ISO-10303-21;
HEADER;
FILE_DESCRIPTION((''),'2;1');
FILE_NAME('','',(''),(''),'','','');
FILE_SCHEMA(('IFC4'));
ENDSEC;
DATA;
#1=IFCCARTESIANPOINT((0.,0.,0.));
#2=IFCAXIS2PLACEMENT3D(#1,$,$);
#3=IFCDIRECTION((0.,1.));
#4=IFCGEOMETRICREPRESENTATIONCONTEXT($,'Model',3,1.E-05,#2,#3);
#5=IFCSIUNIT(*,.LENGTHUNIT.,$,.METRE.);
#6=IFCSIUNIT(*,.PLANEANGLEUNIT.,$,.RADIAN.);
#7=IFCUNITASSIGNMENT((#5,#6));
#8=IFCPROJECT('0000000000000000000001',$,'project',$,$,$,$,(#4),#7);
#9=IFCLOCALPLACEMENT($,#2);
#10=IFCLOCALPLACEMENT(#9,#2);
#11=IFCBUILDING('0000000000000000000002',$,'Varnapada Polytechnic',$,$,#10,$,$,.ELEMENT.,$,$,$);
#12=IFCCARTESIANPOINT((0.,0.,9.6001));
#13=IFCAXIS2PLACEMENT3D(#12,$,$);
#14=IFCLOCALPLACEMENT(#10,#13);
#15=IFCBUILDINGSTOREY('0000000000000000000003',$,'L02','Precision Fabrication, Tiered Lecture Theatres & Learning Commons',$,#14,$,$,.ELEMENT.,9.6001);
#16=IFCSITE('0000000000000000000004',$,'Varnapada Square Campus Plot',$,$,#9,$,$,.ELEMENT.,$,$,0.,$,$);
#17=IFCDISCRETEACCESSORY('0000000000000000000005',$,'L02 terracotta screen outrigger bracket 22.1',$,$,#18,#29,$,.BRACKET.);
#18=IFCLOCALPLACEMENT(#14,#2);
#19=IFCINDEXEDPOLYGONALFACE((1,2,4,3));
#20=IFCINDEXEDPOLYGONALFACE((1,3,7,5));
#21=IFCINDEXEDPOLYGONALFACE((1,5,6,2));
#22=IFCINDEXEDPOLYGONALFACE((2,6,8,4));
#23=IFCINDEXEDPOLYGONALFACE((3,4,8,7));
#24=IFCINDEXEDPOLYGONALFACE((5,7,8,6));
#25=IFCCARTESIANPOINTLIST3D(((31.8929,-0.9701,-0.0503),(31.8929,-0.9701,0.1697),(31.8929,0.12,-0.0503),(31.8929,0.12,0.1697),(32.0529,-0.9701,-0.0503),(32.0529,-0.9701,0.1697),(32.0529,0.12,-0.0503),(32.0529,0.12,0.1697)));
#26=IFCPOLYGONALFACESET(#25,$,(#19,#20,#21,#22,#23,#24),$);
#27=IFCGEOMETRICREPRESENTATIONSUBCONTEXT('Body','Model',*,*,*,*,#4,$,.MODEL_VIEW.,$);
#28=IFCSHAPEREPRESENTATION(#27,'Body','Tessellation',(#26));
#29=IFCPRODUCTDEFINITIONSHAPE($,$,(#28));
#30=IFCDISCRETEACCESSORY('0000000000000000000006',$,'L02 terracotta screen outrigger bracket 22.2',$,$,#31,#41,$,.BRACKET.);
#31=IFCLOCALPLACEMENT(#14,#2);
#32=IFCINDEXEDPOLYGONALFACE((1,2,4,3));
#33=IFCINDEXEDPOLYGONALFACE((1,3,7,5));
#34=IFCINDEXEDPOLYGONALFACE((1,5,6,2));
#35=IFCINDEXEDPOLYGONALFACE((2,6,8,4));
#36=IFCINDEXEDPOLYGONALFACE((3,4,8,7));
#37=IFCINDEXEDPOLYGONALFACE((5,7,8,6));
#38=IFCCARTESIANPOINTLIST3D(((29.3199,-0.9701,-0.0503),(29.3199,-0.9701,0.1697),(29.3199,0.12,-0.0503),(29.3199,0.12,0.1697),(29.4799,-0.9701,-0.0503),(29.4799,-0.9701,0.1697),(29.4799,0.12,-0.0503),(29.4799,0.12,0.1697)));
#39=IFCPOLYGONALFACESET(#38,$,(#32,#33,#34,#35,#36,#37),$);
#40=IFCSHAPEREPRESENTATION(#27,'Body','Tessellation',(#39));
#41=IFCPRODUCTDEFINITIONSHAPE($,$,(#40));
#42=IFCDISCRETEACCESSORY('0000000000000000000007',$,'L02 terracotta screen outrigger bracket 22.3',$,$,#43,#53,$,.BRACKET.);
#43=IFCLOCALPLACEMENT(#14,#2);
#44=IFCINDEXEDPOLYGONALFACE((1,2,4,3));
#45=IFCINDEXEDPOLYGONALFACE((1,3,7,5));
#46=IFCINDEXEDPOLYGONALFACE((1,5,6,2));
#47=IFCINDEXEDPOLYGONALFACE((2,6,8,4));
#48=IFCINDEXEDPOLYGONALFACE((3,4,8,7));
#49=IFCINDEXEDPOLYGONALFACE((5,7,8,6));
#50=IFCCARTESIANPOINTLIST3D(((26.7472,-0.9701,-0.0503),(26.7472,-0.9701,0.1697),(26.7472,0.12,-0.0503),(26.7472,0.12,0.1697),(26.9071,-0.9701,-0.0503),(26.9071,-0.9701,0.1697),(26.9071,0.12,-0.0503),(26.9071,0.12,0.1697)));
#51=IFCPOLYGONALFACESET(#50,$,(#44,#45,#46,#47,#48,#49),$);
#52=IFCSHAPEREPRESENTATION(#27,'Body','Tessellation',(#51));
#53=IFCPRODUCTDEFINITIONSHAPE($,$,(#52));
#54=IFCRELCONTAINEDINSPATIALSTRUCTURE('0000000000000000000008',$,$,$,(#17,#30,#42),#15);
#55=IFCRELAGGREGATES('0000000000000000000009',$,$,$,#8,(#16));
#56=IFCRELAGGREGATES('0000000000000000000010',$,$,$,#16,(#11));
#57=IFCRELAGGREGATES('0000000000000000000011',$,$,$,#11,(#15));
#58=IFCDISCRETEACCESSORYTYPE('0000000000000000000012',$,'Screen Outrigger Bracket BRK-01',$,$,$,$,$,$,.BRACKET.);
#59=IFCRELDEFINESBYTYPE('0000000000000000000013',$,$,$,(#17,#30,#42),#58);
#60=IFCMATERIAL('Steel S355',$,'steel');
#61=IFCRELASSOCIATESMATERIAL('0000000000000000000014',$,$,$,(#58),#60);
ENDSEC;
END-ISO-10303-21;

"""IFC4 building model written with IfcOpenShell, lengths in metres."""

from ifc_helpers import new_model, si_unit, direction, frame, origin, origin_2d, place, context, subcontext, project, spatial, rectangle, extrude, material, type_object, element, save


model = new_model("IFC4")

# Units and contexts
model_context = context("Model", 3, precision=1e-05, world=origin(), true_north=direction((0.0, 1.0)))
body_context = subcontext(model_context, "Body", "Model", "MODEL_VIEW")
ifc_project = project(units=[si_unit("LENGTHUNIT", "METRE"), si_unit("PLANEANGLEUNIT", "RADIAN")], contexts=[model_context])

# Site, building, storey
site_placement = place(None, origin())
site = spatial("IfcSite", under=ifc_project, at=site_placement, Name="Varnapada Square Campus Plot", CompositionType="ELEMENT", RefElevation=0.0)
building_placement = place(site_placement, origin())
building = spatial("IfcBuilding", under=site, at=building_placement, Name="Varnapada Polytechnic", CompositionType="ELEMENT")
storey_placement = place(building_placement, frame((0.0, 0.0, 9.6001)))
storey = spatial("IfcBuildingStorey", under=building, at=storey_placement, Name="L02", Description="Precision Fabrication, Tiered Lecture Theatres & Learning Commons", CompositionType="ELEMENT", Elevation=9.6001)

# Discrete accessories
ifc_material_1 = material(Name="Steel S355", Category="steel")
discrete_accessory_type = type_object("IfcDiscreteAccessoryType", Name="Screen Outrigger Bracket BRK-01", PredefinedType="BRACKET", material=ifc_material_1)
for number, where, z_axis, x_axis, name in (
    (1, (31.9729, -0.425, -0.0503), (0.0, 0.0, 1.0), (-1.0, 0.0, 0.0), "L02 terracotta screen outrigger bracket 22.1"),
    (2, (29.3999, -0.425, -0.0503), (0.0, 0.0, 1.0), (-1.0, 0.0, 0.0), "L02 terracotta screen outrigger bracket 22.2"),
    (3, (26.8271, -0.425, -0.0503), (0.0, 0.0, 1.0), (-1.0, 0.0, 0.0), "L02 terracotta screen outrigger bracket 22.3"),
):
    element("IfcDiscreteAccessory", number, at=place(storey_placement, frame(where, z_axis=z_axis, x_axis=x_axis)), inside=storey, type_object=discrete_accessory_type, Name=name, PredefinedType="BRACKET", context=body_context, shape_type="SweptSolid", body=[
        extrude(rectangle(XDim=0.1599, YDim=1.0901, at=origin_2d()), origin(), (0.0, 0.0, 1.0), 0.22),
    ])

save(model, "model.ifc")
